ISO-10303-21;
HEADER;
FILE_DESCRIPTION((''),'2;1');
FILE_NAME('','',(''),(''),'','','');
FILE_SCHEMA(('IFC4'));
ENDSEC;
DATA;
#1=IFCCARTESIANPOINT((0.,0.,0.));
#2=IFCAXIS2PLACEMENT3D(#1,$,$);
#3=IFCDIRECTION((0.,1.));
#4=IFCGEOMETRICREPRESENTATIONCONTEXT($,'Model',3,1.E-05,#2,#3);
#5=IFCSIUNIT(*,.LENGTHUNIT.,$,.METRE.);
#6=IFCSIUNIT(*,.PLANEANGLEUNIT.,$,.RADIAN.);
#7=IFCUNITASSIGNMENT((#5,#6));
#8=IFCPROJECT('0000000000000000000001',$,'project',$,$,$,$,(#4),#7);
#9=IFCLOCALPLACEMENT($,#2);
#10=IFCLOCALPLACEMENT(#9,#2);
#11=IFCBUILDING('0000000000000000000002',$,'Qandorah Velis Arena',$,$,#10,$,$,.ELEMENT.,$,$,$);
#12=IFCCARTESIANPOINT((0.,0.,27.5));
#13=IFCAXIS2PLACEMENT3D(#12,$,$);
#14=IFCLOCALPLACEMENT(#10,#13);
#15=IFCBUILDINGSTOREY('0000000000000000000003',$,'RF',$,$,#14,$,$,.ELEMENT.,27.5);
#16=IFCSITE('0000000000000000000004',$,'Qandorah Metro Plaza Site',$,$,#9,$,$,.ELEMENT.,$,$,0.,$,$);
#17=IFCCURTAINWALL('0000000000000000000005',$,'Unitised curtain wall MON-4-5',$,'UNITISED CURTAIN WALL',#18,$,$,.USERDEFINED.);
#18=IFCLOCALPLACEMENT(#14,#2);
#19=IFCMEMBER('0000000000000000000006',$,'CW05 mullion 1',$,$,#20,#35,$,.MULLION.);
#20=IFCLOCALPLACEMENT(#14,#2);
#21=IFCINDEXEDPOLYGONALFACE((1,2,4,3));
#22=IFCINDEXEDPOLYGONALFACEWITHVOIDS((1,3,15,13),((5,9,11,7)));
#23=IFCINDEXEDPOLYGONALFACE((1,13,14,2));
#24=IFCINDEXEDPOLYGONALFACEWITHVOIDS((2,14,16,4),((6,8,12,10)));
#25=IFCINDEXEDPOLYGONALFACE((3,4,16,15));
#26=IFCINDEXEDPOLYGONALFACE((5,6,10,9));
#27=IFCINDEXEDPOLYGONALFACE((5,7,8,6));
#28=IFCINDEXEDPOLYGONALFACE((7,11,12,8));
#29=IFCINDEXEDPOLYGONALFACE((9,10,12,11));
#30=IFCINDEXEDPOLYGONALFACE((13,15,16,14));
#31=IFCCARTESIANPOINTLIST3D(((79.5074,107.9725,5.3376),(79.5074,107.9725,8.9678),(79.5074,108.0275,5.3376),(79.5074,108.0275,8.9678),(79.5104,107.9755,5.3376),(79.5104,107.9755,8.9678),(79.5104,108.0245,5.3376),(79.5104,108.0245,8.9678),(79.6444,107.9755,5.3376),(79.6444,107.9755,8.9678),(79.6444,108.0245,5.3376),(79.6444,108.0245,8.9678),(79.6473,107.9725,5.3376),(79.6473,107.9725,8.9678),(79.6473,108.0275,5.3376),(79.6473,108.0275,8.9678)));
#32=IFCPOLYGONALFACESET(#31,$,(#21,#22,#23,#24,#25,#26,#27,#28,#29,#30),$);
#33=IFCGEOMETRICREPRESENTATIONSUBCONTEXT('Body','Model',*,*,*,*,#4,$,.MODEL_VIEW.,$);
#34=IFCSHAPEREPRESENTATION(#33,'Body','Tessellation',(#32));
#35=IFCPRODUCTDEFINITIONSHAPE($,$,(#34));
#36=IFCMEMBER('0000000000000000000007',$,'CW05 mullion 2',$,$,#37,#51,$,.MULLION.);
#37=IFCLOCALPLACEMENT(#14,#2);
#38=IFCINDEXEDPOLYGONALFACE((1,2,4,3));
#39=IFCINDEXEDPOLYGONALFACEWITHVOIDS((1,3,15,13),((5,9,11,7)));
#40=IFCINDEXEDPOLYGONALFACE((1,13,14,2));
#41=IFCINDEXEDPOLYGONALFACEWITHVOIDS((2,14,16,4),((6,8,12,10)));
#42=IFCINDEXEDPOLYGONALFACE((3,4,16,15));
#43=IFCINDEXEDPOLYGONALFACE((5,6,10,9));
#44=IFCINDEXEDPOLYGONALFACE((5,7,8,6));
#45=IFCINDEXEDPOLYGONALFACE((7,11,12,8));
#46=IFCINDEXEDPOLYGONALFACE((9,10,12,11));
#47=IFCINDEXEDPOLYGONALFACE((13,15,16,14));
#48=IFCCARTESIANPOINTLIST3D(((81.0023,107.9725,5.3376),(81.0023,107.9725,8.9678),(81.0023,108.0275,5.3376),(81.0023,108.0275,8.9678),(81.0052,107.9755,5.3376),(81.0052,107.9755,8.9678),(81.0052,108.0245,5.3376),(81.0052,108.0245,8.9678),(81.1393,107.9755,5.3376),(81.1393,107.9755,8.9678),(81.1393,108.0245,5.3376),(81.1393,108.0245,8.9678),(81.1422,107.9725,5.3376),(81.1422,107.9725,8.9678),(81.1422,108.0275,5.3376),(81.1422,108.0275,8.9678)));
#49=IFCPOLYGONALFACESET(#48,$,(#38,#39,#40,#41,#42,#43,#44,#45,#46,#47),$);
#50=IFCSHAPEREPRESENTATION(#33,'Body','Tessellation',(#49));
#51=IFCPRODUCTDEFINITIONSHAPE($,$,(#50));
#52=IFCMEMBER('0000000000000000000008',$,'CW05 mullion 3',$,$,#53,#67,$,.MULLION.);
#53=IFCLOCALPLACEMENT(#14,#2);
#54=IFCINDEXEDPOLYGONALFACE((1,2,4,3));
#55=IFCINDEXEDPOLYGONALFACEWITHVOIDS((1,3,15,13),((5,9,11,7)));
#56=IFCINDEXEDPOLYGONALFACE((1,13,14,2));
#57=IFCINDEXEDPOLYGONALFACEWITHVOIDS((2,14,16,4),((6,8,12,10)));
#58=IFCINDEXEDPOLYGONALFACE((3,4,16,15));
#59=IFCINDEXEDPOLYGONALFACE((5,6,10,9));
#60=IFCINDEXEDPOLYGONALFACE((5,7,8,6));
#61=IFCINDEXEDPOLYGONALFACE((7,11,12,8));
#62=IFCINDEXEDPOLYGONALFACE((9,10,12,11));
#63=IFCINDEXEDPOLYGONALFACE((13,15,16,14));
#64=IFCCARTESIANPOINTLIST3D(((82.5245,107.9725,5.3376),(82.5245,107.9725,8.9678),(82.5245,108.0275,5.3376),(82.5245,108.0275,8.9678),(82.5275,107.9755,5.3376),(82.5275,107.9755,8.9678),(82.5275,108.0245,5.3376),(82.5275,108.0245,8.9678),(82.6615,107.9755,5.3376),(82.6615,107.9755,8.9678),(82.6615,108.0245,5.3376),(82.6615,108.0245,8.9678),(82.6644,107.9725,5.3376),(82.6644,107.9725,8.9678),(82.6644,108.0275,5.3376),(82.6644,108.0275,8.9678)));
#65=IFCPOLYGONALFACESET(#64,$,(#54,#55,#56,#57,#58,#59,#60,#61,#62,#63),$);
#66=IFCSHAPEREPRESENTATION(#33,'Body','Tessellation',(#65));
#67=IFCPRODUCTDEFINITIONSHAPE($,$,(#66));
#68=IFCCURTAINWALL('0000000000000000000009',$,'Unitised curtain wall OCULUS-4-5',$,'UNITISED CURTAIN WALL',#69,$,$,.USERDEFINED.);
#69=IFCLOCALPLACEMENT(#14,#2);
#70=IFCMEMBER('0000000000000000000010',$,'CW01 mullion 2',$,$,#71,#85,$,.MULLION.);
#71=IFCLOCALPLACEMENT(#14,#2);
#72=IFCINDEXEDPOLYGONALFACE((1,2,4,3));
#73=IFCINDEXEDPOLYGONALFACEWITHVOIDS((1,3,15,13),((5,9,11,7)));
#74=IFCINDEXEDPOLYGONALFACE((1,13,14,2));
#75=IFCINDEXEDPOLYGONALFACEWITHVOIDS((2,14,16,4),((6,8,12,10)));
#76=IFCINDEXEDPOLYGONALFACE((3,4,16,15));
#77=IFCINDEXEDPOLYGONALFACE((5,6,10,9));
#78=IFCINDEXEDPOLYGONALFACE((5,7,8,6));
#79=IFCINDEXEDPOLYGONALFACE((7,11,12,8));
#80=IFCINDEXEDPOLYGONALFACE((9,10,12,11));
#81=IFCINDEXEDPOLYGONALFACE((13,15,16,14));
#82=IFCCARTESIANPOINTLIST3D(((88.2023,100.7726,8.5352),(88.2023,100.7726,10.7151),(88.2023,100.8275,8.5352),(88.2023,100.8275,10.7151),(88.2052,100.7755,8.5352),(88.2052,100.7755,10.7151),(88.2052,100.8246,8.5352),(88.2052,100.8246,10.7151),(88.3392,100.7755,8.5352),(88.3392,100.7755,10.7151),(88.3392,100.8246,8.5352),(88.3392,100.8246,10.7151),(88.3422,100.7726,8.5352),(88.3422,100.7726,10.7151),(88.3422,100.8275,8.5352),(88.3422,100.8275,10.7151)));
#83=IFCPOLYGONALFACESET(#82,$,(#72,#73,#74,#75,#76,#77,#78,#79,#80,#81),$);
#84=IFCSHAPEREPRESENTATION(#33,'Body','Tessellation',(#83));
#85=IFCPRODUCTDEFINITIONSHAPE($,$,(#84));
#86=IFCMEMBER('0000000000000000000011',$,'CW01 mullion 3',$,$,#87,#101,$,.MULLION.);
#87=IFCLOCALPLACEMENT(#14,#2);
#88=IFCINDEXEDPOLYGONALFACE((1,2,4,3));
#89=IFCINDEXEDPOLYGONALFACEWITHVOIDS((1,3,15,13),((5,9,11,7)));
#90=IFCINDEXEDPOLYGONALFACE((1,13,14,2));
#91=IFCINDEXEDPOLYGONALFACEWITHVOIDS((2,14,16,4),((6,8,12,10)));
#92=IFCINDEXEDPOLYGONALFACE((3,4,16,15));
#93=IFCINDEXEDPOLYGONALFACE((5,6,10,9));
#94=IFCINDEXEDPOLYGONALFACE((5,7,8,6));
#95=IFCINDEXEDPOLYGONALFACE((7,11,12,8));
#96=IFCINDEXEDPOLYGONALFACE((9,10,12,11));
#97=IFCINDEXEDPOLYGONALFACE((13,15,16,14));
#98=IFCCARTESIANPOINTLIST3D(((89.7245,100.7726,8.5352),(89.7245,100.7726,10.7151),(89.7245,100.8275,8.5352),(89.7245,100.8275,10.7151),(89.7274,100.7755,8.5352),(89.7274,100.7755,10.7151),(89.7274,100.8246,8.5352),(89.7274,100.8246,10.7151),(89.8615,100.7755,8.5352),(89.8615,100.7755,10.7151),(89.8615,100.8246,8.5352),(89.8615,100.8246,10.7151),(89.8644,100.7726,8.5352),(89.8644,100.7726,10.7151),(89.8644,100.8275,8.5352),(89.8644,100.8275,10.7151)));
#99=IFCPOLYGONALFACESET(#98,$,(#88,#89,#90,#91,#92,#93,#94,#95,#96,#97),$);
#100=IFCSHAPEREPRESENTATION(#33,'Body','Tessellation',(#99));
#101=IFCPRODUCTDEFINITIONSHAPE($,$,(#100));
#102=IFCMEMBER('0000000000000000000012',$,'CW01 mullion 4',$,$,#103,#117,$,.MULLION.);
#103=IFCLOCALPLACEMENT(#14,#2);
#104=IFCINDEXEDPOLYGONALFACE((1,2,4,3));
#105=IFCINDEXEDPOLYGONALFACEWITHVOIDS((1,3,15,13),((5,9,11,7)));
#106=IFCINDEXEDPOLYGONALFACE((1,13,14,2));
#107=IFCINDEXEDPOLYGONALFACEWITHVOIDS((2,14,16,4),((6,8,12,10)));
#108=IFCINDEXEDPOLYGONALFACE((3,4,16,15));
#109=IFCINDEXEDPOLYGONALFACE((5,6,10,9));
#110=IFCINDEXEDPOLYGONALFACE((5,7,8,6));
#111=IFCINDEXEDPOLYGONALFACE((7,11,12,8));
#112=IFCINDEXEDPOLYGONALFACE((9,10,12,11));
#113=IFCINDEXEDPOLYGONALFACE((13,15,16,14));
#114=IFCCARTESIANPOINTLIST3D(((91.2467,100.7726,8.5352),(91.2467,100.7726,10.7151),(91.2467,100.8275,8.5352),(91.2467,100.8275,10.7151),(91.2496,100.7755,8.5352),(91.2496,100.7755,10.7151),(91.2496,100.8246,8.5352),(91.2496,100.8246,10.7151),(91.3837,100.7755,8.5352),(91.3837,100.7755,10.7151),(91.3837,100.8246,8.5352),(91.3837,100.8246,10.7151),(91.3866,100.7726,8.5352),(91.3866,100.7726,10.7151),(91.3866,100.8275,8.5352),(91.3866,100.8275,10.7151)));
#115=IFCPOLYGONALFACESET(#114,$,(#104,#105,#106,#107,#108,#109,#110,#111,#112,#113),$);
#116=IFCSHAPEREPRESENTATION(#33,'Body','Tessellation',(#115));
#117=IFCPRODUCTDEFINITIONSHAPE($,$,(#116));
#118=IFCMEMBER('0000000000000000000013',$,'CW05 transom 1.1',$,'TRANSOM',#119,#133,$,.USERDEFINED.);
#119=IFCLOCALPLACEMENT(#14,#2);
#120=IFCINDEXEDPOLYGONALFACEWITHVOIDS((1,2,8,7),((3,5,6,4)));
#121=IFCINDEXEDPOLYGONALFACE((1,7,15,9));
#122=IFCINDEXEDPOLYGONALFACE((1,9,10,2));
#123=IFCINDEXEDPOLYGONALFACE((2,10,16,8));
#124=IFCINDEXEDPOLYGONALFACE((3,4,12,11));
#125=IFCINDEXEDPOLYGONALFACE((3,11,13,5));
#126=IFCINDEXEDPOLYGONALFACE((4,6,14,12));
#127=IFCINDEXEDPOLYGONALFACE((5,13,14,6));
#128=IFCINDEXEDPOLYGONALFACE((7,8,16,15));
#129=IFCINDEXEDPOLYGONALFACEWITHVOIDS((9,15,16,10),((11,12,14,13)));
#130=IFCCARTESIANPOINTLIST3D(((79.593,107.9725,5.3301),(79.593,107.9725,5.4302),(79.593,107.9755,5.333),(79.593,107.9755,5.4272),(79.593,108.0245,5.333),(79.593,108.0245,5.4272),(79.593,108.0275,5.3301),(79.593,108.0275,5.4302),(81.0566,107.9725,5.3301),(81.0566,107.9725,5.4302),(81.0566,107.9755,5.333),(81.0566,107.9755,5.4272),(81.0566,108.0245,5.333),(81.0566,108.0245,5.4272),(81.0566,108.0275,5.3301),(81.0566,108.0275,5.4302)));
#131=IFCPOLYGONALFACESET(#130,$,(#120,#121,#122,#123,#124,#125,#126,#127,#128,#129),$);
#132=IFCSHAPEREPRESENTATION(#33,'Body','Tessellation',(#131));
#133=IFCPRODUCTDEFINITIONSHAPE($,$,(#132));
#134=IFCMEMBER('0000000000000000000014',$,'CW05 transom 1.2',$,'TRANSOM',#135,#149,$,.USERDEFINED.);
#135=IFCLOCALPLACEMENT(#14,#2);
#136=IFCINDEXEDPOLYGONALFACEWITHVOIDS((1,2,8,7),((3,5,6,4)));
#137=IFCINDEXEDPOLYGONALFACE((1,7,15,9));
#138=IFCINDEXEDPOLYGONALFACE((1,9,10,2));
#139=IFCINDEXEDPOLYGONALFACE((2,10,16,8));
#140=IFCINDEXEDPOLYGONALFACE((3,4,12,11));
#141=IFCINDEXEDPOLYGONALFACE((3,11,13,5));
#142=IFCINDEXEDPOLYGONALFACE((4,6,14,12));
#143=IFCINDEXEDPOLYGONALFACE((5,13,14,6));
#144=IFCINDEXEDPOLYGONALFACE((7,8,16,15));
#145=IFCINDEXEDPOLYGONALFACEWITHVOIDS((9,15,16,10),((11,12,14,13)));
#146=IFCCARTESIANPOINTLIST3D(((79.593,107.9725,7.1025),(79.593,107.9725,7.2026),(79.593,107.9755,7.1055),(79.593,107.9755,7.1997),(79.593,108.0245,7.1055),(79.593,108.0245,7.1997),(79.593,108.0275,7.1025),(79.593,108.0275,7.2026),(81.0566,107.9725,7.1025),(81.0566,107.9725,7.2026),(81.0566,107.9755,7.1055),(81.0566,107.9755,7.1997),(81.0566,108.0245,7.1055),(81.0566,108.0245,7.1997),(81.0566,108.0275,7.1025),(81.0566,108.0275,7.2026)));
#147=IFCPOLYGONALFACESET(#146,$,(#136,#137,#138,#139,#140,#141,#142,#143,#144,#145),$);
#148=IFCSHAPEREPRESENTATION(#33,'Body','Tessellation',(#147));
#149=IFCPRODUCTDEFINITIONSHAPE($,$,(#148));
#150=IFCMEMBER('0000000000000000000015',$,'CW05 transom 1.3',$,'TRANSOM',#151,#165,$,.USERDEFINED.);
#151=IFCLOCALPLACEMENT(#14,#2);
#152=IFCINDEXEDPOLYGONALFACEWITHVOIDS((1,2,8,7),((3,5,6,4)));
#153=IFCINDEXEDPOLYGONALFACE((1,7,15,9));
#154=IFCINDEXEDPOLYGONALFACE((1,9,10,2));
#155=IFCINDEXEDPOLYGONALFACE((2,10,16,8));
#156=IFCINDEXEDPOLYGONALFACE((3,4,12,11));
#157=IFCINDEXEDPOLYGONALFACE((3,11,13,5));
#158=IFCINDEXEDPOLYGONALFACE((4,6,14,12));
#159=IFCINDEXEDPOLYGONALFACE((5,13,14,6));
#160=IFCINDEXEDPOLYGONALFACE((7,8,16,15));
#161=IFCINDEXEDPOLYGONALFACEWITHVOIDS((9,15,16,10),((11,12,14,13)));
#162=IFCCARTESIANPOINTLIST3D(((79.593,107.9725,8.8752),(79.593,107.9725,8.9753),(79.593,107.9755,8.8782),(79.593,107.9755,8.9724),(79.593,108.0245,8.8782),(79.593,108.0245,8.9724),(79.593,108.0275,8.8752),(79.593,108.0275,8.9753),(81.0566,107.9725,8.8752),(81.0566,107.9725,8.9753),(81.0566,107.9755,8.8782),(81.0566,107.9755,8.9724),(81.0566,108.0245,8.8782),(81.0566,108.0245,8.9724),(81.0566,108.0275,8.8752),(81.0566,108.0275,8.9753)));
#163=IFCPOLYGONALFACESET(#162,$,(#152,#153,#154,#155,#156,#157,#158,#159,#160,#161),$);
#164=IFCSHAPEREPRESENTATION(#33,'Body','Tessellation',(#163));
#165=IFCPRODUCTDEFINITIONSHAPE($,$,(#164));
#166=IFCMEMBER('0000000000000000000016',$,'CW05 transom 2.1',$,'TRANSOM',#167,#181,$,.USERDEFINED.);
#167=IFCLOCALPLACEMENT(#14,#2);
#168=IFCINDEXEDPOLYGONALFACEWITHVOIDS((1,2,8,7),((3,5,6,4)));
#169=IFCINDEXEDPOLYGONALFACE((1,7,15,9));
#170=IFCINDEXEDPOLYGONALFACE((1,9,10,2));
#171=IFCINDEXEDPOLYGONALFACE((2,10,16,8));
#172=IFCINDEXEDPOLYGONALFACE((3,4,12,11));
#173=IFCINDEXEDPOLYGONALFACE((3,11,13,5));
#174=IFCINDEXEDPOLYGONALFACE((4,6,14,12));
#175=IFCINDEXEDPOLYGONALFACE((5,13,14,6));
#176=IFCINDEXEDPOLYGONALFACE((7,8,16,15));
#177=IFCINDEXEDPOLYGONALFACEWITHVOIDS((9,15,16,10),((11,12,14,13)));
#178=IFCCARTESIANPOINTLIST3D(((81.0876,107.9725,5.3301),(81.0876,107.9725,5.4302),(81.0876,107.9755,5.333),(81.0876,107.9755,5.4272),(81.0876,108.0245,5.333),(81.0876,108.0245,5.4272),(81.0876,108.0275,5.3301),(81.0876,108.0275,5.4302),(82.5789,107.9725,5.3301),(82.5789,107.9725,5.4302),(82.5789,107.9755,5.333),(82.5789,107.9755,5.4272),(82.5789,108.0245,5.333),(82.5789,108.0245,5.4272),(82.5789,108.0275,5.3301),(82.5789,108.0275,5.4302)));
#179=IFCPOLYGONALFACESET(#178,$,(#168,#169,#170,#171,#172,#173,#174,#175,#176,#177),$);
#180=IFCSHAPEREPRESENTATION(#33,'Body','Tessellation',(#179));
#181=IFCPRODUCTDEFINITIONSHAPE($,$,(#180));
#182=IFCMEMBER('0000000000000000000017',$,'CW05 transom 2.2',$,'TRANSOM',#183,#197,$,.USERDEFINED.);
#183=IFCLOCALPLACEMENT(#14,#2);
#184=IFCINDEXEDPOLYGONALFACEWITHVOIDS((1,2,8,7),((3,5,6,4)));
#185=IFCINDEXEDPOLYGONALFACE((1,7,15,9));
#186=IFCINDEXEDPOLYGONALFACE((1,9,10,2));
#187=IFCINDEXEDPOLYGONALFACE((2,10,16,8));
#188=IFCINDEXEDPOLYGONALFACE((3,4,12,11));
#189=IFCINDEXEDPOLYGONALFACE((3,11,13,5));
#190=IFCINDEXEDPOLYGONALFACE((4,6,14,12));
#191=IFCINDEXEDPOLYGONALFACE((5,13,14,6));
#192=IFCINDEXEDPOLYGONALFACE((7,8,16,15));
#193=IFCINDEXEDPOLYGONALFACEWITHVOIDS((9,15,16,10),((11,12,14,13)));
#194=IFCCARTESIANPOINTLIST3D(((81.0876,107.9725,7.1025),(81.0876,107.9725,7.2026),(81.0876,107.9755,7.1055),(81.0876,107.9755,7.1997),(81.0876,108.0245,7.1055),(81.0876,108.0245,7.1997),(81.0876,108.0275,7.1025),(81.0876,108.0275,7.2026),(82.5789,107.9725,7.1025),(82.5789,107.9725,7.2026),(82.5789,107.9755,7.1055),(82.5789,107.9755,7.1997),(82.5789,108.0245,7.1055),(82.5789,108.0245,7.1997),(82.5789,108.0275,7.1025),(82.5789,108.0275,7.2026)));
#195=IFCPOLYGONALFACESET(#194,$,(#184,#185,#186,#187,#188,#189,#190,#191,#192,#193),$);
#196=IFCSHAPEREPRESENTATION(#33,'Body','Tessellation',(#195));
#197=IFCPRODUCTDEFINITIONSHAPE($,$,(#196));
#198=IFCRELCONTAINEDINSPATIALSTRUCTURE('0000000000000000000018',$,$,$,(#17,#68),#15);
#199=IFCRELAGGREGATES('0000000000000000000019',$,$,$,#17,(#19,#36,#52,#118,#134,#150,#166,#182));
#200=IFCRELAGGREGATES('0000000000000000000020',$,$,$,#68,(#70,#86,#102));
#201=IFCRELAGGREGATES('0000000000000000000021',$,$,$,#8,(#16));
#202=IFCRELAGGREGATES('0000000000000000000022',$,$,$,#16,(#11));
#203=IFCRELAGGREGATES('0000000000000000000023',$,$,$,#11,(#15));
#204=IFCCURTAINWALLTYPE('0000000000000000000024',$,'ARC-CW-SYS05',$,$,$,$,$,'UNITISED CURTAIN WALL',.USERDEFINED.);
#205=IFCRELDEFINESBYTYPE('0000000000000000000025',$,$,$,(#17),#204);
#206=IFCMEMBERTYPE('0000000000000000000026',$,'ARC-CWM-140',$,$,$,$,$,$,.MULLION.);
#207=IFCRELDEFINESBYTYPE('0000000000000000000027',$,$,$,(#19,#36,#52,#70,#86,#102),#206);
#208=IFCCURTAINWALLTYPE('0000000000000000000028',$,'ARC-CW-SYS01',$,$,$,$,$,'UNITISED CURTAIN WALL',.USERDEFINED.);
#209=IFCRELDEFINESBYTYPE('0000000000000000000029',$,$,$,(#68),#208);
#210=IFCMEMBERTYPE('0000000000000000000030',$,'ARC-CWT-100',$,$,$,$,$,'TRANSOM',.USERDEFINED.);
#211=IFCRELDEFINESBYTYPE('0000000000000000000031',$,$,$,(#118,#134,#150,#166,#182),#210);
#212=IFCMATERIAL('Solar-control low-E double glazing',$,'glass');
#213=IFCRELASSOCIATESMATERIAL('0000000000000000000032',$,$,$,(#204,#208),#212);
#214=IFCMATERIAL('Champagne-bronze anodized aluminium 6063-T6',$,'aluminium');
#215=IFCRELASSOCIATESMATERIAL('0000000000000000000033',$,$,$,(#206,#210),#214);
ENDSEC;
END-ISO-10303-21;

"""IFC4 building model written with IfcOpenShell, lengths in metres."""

from ifc_helpers import new_model, si_unit, direction, frame, origin, origin_2d, place, context, subcontext, project, spatial, hollow_rectangle, extrude, material, material_profile, profile_set, type_object, element, aggregate, save


model = new_model("IFC4")

# Units and contexts
model_context = context("Model", 3, precision=1e-05, world=origin(), true_north=direction((0.0, 1.0)))
body_context = subcontext(model_context, "Body", "Model", "MODEL_VIEW")
ifc_project = project(units=[si_unit("LENGTHUNIT", "METRE"), si_unit("PLANEANGLEUNIT", "RADIAN")], contexts=[model_context])

# Site, building, storey
site_placement = place(None, origin())
site = spatial("IfcSite", under=ifc_project, at=site_placement, Name="Qandorah Metro Plaza Site", CompositionType="ELEMENT", RefElevation=0.0)
building_placement = place(site_placement, origin())
building = spatial("IfcBuilding", under=site, at=building_placement, Name="Qandorah Velis Arena", CompositionType="ELEMENT")
storey_placement = place(building_placement, frame((0.0, 0.0, 27.5)))
storey = spatial("IfcBuildingStorey", under=building, at=storey_placement, Name="RF", CompositionType="ELEMENT", Elevation=27.5)

# Curtain walls, members
ifc_material_1 = material(Name="Solar-control low-E double glazing", Category="glass")
curtain_wall_type_1 = type_object("IfcCurtainWallType", Name="ARC-CW-SYS05", ElementType="UNITISED CURTAIN WALL", PredefinedType="USERDEFINED", material=ifc_material_1)
curtain_wall_1_placement = place(storey_placement, origin())
curtain_wall_1 = element("IfcCurtainWall", 1, at=curtain_wall_1_placement, inside=storey, type_object=curtain_wall_type_1, Name="Unitised curtain wall MON-4-5", ObjectType="UNITISED CURTAIN WALL", PredefinedType="USERDEFINED")
ifc_material_2 = material(Name="Champagne-bronze anodized aluminium 6063-T6", Category="aluminium")
ifc_material_profile_1 = material_profile(ifc_material_2, hollow_rectangle(XDim=0.0549, YDim=0.1399, WallThickness=0.0029, at=origin_2d()), Name="ALU MULLION 55x140")
ifc_profile_set_1 = profile_set([ifc_material_profile_1], Name="Champagne-bronze anodized aluminium 6063-T6")
member_type_1 = type_object("IfcMemberType", Name="ARC-CWM-140", PredefinedType="MULLION", material=ifc_profile_set_1)
member_1_placement = place(storey_placement, frame((79.5774, 108.0, 5.3376), z_axis=(0.0, 0.0, 1.0), x_axis=(0.0, 1.0, 0.0)))
member_1 = element("IfcMember", 2, at=member_1_placement, type_object=member_type_1, Name="CW05 mullion 1", PredefinedType="MULLION", context=body_context, shape_type="SweptSolid", body=[
    extrude(hollow_rectangle(XDim=0.0549, YDim=0.1399, WallThickness=0.0029, at=origin_2d()), origin(), (0.0, 0.0, 1.0), 3.6301),
])
member_2_placement = place(storey_placement, frame((81.0723, 108.0, 5.3376), z_axis=(0.0, 0.0, 1.0), x_axis=(0.0, 1.0, 0.0)))
member_2 = element("IfcMember", 3, at=member_2_placement, type_object=member_type_1, Name="CW05 mullion 2", PredefinedType="MULLION", context=body_context, shape_type="SweptSolid", body=[
    extrude(hollow_rectangle(XDim=0.0549, YDim=0.1399, WallThickness=0.0029, at=origin_2d()), origin(), (0.0, 0.0, 1.0), 3.6301),
])
member_3_placement = place(storey_placement, frame((82.5945, 108.0, 5.3376), z_axis=(0.0, 0.0, 1.0), x_axis=(0.0, 1.0, 0.0)))
member_3 = element("IfcMember", 4, at=member_3_placement, type_object=member_type_1, Name="CW05 mullion 3", PredefinedType="MULLION", context=body_context, shape_type="SweptSolid", body=[
    extrude(hollow_rectangle(XDim=0.0549, YDim=0.1399, WallThickness=0.0029, at=origin_2d()), origin(), (0.0, 0.0, 1.0), 3.6301),
])
curtain_wall_type_2 = type_object("IfcCurtainWallType", Name="ARC-CW-SYS01", ElementType="UNITISED CURTAIN WALL", PredefinedType="USERDEFINED", material=ifc_material_1)
curtain_wall_2_placement = place(storey_placement, origin())
curtain_wall_2 = element("IfcCurtainWall", 5, at=curtain_wall_2_placement, inside=storey, type_object=curtain_wall_type_2, Name="Unitised curtain wall OCULUS-4-5", ObjectType="UNITISED CURTAIN WALL", PredefinedType="USERDEFINED")
member_4_placement = place(storey_placement, frame((88.2722, 100.8, 8.5352), z_axis=(0.0, 0.0, 1.0), x_axis=(0.0, 1.0, 0.0)))
member_4 = element("IfcMember", 6, at=member_4_placement, type_object=member_type_1, Name="CW01 mullion 2", PredefinedType="MULLION", context=body_context, shape_type="SweptSolid", body=[
    extrude(hollow_rectangle(XDim=0.0549, YDim=0.1399, WallThickness=0.0029, at=origin_2d()), origin(), (0.0, 0.0, 1.0), 2.1799),
])
member_5_placement = place(storey_placement, frame((89.7944, 100.8, 8.5352), z_axis=(0.0, 0.0, 1.0), x_axis=(0.0, 1.0, 0.0)))
member_5 = element("IfcMember", 7, at=member_5_placement, type_object=member_type_1, Name="CW01 mullion 3", PredefinedType="MULLION", context=body_context, shape_type="SweptSolid", body=[
    extrude(hollow_rectangle(XDim=0.0549, YDim=0.1399, WallThickness=0.0029, at=origin_2d()), origin(), (0.0, 0.0, 1.0), 2.1799),
])
member_6_placement = place(storey_placement, frame((91.3167, 100.8, 8.5352), z_axis=(0.0, 0.0, 1.0), x_axis=(0.0, 1.0, 0.0)))
member_6 = element("IfcMember", 8, at=member_6_placement, type_object=member_type_1, Name="CW01 mullion 4", PredefinedType="MULLION", context=body_context, shape_type="SweptSolid", body=[
    extrude(hollow_rectangle(XDim=0.0549, YDim=0.1399, WallThickness=0.0029, at=origin_2d()), origin(), (0.0, 0.0, 1.0), 2.1799),
])

# Members
ifc_material_profile_2 = material_profile(ifc_material_2, hollow_rectangle(XDim=0.0549, YDim=0.1001, WallThickness=0.0029, at=origin_2d()), Name="ALU TRANSOM 55x100")
ifc_profile_set_2 = profile_set([ifc_material_profile_2], Name="Champagne-bronze anodized aluminium 6063-T6")
member_type_2 = type_object("IfcMemberType", Name="ARC-CWT-100", ElementType="TRANSOM", PredefinedType="USERDEFINED", material=ifc_profile_set_2)
member_7_placement = place(storey_placement, frame((79.593, 108.0, 5.3801), z_axis=(1.0, 0.0, 0.0), x_axis=(0.0, 1.0, 0.0)))
member_7 = element("IfcMember", 9, at=member_7_placement, type_object=member_type_2, Name="CW05 transom 1.1", ObjectType="TRANSOM", PredefinedType="USERDEFINED", context=body_context, shape_type="SweptSolid", body=[
    extrude(hollow_rectangle(XDim=0.0549, YDim=0.1001, WallThickness=0.0029, at=origin_2d()), origin(), (0.0, 0.0, 1.0), 1.4636),
])
member_8_placement = place(storey_placement, frame((79.593, 108.0, 7.1526), z_axis=(1.0, 0.0, 0.0), x_axis=(0.0, 1.0, 0.0)))
member_8 = element("IfcMember", 10, at=member_8_placement, type_object=member_type_2, Name="CW05 transom 1.2", ObjectType="TRANSOM", PredefinedType="USERDEFINED", context=body_context, shape_type="SweptSolid", body=[
    extrude(hollow_rectangle(XDim=0.0549, YDim=0.1001, WallThickness=0.0029, at=origin_2d()), origin(), (0.0, 0.0, 1.0), 1.4636),
])
member_9_placement = place(storey_placement, frame((79.593, 108.0, 8.9253), z_axis=(1.0, 0.0, 0.0), x_axis=(0.0, 1.0, 0.0)))
member_9 = element("IfcMember", 11, at=member_9_placement, type_object=member_type_2, Name="CW05 transom 1.3", ObjectType="TRANSOM", PredefinedType="USERDEFINED", context=body_context, shape_type="SweptSolid", body=[
    extrude(hollow_rectangle(XDim=0.0549, YDim=0.1001, WallThickness=0.0029, at=origin_2d()), origin(), (0.0, 0.0, 1.0), 1.4636),
])
member_10_placement = place(storey_placement, frame((81.0876, 108.0, 5.3801), z_axis=(1.0, 0.0, 0.0), x_axis=(0.0, 1.0, 0.0)))
member_10 = element("IfcMember", 12, at=member_10_placement, type_object=member_type_2, Name="CW05 transom 2.1", ObjectType="TRANSOM", PredefinedType="USERDEFINED", context=body_context, shape_type="SweptSolid", body=[
    extrude(hollow_rectangle(XDim=0.0549, YDim=0.1001, WallThickness=0.0029, at=origin_2d()), origin(), (0.0, 0.0, 1.0), 1.4912),
])
member_11_placement = place(storey_placement, frame((81.0876, 108.0, 7.1526), z_axis=(1.0, 0.0, 0.0), x_axis=(0.0, 1.0, 0.0)))
member_11 = element("IfcMember", 13, at=member_11_placement, type_object=member_type_2, Name="CW05 transom 2.2", ObjectType="TRANSOM", PredefinedType="USERDEFINED", context=body_context, shape_type="SweptSolid", body=[
    extrude(hollow_rectangle(XDim=0.0549, YDim=0.1001, WallThickness=0.0029, at=origin_2d()), origin(), (0.0, 0.0, 1.0), 1.4912),
])

aggregate(curtain_wall_1, [member_1, member_2, member_3, member_7, member_8, member_9, member_10, member_11])
aggregate(curtain_wall_2, [member_4, member_5, member_6])

save(model, "model.ifc")
